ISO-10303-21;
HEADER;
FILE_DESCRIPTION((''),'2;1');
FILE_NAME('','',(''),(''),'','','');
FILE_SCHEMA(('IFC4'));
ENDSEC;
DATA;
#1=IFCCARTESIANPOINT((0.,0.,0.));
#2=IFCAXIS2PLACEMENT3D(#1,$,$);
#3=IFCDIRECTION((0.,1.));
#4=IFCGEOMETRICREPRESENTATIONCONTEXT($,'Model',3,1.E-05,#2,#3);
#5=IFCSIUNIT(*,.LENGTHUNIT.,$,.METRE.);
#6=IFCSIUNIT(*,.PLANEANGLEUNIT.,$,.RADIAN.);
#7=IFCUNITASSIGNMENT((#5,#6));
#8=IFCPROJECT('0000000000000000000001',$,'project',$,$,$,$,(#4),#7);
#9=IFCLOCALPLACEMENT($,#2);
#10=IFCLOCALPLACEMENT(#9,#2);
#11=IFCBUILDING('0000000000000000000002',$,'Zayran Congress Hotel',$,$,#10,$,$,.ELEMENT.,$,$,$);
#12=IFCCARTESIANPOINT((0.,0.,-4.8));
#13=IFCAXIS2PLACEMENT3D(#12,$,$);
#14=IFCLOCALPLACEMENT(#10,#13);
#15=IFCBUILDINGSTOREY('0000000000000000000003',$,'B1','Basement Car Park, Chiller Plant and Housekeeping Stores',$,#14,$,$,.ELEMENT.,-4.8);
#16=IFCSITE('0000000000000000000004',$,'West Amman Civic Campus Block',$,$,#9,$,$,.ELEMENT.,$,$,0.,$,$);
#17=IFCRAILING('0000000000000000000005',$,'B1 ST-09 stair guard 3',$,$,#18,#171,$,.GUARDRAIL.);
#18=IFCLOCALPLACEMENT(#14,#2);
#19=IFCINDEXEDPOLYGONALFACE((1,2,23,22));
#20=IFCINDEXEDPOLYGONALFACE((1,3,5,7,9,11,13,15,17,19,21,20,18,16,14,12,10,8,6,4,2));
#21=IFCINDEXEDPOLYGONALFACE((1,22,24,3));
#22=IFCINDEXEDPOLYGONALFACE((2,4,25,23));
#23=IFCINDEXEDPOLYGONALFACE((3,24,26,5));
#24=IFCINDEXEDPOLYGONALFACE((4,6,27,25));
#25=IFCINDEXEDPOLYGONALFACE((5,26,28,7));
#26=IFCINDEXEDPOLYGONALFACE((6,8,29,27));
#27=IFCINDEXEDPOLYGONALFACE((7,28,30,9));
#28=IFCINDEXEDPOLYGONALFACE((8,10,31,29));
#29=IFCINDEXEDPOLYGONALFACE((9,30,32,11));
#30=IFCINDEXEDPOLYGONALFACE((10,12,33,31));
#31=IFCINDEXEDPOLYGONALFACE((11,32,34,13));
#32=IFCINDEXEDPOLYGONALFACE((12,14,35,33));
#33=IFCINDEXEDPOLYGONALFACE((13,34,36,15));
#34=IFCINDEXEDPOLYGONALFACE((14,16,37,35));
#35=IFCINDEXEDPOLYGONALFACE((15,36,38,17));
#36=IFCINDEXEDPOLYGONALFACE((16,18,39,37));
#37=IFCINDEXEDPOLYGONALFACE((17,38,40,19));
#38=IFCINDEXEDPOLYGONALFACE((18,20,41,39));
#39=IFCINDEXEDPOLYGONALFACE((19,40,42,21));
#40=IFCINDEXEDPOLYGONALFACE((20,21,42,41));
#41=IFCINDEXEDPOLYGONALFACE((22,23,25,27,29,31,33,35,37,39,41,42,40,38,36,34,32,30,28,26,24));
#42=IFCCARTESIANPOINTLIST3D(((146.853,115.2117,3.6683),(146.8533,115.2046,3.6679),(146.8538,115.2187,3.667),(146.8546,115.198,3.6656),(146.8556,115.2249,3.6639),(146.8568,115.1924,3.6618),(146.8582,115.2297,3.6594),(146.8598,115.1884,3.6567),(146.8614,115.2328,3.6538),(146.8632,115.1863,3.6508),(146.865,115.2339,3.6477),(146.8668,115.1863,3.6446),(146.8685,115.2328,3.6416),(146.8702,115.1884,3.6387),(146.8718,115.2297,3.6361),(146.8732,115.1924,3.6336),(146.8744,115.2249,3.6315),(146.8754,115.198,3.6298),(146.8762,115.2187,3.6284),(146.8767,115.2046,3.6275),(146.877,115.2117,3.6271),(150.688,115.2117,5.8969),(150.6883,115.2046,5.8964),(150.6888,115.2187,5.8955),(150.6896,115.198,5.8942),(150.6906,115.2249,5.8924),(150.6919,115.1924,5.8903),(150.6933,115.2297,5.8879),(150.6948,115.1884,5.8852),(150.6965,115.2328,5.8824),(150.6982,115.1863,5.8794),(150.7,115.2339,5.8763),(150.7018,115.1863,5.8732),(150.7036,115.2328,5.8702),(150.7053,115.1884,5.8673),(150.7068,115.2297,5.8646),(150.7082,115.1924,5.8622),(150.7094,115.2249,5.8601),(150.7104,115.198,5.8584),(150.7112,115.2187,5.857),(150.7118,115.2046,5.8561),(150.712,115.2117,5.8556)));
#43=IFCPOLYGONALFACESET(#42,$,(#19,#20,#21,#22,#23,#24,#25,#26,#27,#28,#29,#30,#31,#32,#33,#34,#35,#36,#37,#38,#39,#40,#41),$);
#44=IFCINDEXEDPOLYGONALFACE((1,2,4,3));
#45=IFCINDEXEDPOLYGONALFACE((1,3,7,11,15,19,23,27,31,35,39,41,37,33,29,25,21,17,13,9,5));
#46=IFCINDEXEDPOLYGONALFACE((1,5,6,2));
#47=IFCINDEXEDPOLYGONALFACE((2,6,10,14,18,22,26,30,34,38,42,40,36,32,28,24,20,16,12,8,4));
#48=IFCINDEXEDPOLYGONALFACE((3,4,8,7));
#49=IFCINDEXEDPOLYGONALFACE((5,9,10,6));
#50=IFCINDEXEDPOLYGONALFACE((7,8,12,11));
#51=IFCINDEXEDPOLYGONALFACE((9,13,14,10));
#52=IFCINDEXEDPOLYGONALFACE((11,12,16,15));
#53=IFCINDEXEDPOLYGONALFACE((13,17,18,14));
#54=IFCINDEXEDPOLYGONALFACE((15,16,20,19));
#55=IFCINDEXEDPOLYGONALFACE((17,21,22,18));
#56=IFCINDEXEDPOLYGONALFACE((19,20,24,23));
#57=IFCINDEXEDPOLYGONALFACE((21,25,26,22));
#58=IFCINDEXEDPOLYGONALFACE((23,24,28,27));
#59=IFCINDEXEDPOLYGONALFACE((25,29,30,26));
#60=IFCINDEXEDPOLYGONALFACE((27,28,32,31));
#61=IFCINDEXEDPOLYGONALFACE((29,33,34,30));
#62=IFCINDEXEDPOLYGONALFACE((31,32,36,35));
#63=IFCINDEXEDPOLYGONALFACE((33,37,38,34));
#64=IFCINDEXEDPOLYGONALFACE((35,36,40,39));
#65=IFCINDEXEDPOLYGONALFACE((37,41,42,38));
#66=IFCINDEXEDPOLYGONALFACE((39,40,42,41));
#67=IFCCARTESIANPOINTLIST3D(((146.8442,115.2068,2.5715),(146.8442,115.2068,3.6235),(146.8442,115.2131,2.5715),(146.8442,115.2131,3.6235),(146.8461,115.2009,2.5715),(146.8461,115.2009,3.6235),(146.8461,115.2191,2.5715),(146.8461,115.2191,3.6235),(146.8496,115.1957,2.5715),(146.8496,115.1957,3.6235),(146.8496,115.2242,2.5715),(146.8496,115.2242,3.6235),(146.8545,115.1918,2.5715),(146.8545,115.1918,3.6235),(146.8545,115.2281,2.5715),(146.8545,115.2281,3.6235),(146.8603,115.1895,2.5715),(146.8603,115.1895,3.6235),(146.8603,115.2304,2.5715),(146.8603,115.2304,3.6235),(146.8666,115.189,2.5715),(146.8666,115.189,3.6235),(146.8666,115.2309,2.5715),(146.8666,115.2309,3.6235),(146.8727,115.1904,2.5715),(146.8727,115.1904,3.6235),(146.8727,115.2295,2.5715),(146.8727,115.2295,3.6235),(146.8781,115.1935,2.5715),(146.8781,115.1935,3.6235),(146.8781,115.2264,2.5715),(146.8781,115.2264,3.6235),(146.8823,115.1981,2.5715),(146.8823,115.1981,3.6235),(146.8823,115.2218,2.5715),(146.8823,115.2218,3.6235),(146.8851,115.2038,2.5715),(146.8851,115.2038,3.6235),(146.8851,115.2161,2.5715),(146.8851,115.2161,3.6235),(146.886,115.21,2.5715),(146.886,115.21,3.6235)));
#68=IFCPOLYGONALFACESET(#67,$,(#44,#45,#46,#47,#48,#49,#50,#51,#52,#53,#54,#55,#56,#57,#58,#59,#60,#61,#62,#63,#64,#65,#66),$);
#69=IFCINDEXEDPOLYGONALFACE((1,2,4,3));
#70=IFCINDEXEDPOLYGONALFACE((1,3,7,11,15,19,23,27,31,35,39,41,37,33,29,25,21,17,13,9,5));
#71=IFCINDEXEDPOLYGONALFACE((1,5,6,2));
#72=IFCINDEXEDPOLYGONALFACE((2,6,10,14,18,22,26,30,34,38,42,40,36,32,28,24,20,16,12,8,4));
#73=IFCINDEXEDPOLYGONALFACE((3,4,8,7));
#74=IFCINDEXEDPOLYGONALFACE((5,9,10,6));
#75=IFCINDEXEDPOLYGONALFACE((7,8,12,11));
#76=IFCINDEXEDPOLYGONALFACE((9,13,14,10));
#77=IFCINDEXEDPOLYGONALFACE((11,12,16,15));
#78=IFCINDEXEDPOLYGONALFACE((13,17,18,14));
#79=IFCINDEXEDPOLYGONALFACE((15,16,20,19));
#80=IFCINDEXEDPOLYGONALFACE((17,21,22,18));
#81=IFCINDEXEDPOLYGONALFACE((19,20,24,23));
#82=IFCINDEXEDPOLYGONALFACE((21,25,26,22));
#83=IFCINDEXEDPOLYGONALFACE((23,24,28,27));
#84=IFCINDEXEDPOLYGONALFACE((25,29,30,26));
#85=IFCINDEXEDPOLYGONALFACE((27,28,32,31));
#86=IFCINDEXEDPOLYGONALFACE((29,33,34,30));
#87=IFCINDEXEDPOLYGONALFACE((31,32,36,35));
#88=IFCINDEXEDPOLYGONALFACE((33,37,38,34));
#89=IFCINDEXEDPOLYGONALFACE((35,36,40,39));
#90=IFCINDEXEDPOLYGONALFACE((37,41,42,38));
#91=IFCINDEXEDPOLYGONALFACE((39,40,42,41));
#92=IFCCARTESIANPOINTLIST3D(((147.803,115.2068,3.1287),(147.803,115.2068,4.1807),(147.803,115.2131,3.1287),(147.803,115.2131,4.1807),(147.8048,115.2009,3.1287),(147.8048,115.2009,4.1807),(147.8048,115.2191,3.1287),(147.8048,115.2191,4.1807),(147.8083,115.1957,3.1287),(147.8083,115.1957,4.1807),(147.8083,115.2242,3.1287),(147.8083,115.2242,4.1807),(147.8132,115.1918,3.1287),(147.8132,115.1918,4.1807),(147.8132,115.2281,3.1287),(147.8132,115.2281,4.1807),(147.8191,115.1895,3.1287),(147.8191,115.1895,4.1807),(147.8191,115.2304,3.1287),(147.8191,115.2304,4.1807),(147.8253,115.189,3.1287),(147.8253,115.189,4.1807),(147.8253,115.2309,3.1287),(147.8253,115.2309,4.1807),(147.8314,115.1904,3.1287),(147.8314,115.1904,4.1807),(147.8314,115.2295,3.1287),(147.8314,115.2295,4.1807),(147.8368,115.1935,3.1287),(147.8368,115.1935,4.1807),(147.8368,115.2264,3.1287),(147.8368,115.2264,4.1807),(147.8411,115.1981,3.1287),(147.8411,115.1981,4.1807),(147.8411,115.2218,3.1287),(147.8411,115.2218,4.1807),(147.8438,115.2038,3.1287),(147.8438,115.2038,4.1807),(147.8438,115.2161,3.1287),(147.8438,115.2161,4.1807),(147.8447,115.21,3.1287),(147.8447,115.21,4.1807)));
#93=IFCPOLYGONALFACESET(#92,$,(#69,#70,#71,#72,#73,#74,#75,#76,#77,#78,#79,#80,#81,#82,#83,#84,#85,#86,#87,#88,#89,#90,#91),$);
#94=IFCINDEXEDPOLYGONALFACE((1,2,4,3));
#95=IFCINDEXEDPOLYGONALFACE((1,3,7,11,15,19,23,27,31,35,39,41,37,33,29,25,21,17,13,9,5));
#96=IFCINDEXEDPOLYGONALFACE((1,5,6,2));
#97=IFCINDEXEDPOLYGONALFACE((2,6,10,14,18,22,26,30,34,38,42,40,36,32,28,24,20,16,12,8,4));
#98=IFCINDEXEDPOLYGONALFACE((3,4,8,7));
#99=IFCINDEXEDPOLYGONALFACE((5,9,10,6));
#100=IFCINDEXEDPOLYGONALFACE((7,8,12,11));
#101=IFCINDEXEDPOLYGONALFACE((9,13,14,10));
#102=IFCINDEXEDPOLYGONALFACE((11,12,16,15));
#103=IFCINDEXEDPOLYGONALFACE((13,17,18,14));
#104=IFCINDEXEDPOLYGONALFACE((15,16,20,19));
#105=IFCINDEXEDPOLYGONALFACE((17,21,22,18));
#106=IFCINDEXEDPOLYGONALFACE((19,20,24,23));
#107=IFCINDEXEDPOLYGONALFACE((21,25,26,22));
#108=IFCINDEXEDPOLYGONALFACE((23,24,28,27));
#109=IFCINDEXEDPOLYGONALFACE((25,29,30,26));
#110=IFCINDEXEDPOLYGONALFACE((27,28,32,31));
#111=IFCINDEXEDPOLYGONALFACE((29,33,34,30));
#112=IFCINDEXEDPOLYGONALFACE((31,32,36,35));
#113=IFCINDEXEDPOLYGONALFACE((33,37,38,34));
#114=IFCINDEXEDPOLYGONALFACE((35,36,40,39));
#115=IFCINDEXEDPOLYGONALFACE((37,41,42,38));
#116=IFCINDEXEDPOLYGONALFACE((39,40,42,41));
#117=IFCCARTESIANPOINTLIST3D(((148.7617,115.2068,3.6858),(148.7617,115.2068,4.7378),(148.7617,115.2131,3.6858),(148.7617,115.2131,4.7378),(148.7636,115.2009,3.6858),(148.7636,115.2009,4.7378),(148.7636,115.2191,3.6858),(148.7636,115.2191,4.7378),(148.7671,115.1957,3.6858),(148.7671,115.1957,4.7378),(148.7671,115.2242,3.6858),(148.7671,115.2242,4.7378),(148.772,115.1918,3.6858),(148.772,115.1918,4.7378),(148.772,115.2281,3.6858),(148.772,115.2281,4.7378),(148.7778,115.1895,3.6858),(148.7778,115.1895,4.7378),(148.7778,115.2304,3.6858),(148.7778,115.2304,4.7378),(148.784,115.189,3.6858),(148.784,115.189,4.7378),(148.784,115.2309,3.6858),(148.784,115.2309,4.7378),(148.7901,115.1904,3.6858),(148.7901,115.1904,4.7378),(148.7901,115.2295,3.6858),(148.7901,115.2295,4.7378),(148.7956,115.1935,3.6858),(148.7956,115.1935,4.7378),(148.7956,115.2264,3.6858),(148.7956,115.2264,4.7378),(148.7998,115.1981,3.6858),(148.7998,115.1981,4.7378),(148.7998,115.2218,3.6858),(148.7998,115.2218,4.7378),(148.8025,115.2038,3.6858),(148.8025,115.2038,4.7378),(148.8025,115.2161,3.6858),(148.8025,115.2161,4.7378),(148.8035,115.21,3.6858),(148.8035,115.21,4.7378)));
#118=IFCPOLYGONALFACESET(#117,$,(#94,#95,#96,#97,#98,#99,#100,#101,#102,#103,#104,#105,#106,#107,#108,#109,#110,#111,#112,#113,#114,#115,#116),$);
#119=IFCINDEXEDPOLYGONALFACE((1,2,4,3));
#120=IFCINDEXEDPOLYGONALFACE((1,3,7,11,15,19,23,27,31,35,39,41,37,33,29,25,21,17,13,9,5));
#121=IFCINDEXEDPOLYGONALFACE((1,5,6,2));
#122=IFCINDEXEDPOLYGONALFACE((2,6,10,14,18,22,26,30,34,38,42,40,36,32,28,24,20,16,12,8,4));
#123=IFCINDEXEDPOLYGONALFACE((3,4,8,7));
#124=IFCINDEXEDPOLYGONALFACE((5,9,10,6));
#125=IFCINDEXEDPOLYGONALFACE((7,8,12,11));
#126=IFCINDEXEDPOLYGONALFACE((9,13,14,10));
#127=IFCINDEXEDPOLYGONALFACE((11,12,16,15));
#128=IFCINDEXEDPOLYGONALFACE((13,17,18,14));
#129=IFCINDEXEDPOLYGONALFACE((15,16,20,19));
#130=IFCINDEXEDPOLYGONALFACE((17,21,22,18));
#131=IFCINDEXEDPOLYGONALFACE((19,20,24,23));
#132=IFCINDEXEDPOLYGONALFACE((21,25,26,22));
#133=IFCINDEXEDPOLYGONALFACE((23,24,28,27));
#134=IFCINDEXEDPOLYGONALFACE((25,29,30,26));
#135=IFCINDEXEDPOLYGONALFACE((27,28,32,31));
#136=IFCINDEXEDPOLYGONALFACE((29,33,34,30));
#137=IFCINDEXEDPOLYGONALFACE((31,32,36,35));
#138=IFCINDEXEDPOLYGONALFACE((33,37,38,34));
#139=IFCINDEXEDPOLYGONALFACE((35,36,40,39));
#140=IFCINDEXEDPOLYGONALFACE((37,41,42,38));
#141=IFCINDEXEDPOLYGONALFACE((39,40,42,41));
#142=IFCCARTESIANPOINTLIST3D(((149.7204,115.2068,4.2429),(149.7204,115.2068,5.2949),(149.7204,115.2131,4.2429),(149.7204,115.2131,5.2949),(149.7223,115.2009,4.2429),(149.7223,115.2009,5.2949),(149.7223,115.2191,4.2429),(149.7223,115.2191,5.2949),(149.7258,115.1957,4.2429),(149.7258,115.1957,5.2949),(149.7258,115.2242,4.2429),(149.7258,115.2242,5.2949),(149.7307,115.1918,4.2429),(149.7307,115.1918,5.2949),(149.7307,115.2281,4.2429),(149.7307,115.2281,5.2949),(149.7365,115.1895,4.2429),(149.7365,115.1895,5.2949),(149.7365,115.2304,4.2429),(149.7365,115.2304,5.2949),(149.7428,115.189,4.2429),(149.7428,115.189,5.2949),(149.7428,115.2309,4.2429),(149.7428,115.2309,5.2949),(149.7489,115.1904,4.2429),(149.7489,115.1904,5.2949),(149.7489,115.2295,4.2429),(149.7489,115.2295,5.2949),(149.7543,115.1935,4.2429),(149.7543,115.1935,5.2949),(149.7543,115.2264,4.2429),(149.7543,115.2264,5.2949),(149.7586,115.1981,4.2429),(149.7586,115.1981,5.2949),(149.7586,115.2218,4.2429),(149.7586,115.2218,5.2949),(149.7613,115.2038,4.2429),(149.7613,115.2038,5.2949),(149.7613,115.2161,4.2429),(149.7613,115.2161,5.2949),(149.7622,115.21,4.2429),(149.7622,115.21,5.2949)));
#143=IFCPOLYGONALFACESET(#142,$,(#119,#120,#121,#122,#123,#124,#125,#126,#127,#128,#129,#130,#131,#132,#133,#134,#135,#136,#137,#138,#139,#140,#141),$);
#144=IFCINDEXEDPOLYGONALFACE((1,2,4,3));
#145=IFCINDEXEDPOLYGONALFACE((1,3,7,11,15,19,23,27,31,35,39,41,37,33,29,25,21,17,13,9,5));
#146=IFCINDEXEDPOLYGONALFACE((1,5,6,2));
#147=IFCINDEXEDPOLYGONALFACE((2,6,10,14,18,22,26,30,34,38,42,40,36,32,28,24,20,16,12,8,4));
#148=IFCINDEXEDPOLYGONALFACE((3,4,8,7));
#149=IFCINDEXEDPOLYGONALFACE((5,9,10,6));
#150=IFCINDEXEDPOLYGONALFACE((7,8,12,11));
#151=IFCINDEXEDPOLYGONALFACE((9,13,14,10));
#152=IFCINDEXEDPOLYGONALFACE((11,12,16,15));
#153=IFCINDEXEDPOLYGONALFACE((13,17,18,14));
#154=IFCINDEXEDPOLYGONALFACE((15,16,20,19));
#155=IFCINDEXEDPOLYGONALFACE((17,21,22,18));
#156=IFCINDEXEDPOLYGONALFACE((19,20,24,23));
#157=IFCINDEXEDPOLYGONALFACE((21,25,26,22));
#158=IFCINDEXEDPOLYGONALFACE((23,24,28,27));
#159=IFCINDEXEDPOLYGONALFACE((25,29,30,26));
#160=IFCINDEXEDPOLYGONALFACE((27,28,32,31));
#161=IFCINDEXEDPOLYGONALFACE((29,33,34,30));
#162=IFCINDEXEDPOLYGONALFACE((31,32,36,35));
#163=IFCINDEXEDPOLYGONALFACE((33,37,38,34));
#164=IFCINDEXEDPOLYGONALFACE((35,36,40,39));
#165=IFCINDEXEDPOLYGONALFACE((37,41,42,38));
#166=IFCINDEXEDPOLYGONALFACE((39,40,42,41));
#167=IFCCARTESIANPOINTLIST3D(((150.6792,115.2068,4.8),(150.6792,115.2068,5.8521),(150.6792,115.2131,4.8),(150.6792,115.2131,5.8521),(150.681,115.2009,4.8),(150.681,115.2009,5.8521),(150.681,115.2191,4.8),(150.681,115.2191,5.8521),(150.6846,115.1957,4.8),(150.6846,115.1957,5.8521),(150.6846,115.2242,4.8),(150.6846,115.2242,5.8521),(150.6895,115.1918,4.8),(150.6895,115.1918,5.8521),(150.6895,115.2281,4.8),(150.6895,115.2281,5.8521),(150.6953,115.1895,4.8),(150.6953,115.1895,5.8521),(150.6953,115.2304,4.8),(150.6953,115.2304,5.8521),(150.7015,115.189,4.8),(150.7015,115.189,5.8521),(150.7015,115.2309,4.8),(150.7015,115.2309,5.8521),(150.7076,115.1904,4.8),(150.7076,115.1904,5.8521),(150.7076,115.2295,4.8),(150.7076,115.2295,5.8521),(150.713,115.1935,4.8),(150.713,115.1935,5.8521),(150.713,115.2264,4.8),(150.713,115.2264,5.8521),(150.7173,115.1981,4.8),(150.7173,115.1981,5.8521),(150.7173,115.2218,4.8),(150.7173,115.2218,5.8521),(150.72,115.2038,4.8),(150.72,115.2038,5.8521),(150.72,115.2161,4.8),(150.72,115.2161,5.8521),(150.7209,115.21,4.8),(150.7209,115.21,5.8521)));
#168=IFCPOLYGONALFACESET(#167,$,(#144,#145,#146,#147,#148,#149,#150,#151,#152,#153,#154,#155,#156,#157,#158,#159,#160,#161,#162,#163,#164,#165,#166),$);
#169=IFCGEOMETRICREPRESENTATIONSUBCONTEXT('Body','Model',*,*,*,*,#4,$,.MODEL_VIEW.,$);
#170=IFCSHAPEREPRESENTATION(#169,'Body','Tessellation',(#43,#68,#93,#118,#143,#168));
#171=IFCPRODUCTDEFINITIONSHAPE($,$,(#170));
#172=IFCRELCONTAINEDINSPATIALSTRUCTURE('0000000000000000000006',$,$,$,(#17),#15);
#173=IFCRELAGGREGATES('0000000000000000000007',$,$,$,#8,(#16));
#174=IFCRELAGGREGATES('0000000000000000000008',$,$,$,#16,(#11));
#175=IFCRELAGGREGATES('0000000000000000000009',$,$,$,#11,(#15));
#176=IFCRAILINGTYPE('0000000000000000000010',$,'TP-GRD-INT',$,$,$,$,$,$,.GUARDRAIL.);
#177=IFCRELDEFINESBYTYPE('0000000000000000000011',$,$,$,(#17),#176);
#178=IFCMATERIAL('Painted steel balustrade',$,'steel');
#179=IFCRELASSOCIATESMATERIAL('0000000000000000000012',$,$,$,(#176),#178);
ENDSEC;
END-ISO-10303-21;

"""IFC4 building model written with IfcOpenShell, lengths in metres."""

from ifc_helpers import new_model, si_unit, direction, frame, origin, origin_2d, place, context, subcontext, project, spatial, circle, extrude, material, type_object, element, save


model = new_model("IFC4")

# Units and contexts
model_context = context("Model", 3, precision=1e-05, world=origin(), true_north=direction((0.0, 1.0)))
body_context = subcontext(model_context, "Body", "Model", "MODEL_VIEW")
ifc_project = project(units=[si_unit("LENGTHUNIT", "METRE"), si_unit("PLANEANGLEUNIT", "RADIAN")], contexts=[model_context])

# Site, building, storey
site_placement = place(None, origin())
site = spatial("IfcSite", under=ifc_project, at=site_placement, Name="West Amman Civic Campus Block", CompositionType="ELEMENT", RefElevation=0.0)
building_placement = place(site_placement, origin())
building = spatial("IfcBuilding", under=site, at=building_placement, Name="Zayran Congress Hotel", CompositionType="ELEMENT")
storey_placement = place(building_placement, frame((0.0, 0.0, -4.8)))
storey = spatial("IfcBuildingStorey", under=building, at=storey_placement, Name="B1", Description="Basement Car Park, Chiller Plant and Housekeeping Stores", CompositionType="ELEMENT", Elevation=-4.8)

# Railing
ifc_material_1 = material(Name="Painted steel balustrade", Category="steel")
railing_type_1 = type_object("IfcRailingType", Name="TP-GRD-INT", PredefinedType="GUARDRAIL", material=ifc_material_1)
railing_1_placement = place(storey_placement, frame((146.865, 115.21, 2.5715)))
element("IfcRailing", 1, at=railing_1_placement, inside=storey, type_object=railing_type_1, Name="B1 ST-09 stair guard 3", PredefinedType="GUARDRAIL", context=body_context, shape_type="SweptSolid", body=[
    extrude(circle(Radius=0.0239, at=origin_2d()), frame((0.0, 0.0, 1.0762), z_axis=(0.864616, 0.0, 0.502433), x_axis=(0.0, 1.0, 0.0)), (0.0, 0.0, 1.0), 4.4355),
    extrude(circle(Radius=0.021, at=origin_2d()), origin(), (0.0, 0.0, 1.0), 1.052),
    extrude(circle(Radius=0.021, at=origin_2d()), frame((0.9587, 0.0, 0.5571)), (0.0, 0.0, 1.0), 1.052),
    extrude(circle(Radius=0.021, at=origin_2d()), frame((1.9175, 0.0, 1.1143)), (0.0, 0.0, 1.0), 1.052),
    extrude(circle(Radius=0.021, at=origin_2d()), frame((2.8762, 0.0, 1.6714)), (0.0, 0.0, 1.0), 1.052),
    extrude(circle(Radius=0.021, at=origin_2d()), frame((3.835, 0.0, 2.2285)), (0.0, 0.0, 1.0), 1.052),
])

save(model, "model.ifc")
